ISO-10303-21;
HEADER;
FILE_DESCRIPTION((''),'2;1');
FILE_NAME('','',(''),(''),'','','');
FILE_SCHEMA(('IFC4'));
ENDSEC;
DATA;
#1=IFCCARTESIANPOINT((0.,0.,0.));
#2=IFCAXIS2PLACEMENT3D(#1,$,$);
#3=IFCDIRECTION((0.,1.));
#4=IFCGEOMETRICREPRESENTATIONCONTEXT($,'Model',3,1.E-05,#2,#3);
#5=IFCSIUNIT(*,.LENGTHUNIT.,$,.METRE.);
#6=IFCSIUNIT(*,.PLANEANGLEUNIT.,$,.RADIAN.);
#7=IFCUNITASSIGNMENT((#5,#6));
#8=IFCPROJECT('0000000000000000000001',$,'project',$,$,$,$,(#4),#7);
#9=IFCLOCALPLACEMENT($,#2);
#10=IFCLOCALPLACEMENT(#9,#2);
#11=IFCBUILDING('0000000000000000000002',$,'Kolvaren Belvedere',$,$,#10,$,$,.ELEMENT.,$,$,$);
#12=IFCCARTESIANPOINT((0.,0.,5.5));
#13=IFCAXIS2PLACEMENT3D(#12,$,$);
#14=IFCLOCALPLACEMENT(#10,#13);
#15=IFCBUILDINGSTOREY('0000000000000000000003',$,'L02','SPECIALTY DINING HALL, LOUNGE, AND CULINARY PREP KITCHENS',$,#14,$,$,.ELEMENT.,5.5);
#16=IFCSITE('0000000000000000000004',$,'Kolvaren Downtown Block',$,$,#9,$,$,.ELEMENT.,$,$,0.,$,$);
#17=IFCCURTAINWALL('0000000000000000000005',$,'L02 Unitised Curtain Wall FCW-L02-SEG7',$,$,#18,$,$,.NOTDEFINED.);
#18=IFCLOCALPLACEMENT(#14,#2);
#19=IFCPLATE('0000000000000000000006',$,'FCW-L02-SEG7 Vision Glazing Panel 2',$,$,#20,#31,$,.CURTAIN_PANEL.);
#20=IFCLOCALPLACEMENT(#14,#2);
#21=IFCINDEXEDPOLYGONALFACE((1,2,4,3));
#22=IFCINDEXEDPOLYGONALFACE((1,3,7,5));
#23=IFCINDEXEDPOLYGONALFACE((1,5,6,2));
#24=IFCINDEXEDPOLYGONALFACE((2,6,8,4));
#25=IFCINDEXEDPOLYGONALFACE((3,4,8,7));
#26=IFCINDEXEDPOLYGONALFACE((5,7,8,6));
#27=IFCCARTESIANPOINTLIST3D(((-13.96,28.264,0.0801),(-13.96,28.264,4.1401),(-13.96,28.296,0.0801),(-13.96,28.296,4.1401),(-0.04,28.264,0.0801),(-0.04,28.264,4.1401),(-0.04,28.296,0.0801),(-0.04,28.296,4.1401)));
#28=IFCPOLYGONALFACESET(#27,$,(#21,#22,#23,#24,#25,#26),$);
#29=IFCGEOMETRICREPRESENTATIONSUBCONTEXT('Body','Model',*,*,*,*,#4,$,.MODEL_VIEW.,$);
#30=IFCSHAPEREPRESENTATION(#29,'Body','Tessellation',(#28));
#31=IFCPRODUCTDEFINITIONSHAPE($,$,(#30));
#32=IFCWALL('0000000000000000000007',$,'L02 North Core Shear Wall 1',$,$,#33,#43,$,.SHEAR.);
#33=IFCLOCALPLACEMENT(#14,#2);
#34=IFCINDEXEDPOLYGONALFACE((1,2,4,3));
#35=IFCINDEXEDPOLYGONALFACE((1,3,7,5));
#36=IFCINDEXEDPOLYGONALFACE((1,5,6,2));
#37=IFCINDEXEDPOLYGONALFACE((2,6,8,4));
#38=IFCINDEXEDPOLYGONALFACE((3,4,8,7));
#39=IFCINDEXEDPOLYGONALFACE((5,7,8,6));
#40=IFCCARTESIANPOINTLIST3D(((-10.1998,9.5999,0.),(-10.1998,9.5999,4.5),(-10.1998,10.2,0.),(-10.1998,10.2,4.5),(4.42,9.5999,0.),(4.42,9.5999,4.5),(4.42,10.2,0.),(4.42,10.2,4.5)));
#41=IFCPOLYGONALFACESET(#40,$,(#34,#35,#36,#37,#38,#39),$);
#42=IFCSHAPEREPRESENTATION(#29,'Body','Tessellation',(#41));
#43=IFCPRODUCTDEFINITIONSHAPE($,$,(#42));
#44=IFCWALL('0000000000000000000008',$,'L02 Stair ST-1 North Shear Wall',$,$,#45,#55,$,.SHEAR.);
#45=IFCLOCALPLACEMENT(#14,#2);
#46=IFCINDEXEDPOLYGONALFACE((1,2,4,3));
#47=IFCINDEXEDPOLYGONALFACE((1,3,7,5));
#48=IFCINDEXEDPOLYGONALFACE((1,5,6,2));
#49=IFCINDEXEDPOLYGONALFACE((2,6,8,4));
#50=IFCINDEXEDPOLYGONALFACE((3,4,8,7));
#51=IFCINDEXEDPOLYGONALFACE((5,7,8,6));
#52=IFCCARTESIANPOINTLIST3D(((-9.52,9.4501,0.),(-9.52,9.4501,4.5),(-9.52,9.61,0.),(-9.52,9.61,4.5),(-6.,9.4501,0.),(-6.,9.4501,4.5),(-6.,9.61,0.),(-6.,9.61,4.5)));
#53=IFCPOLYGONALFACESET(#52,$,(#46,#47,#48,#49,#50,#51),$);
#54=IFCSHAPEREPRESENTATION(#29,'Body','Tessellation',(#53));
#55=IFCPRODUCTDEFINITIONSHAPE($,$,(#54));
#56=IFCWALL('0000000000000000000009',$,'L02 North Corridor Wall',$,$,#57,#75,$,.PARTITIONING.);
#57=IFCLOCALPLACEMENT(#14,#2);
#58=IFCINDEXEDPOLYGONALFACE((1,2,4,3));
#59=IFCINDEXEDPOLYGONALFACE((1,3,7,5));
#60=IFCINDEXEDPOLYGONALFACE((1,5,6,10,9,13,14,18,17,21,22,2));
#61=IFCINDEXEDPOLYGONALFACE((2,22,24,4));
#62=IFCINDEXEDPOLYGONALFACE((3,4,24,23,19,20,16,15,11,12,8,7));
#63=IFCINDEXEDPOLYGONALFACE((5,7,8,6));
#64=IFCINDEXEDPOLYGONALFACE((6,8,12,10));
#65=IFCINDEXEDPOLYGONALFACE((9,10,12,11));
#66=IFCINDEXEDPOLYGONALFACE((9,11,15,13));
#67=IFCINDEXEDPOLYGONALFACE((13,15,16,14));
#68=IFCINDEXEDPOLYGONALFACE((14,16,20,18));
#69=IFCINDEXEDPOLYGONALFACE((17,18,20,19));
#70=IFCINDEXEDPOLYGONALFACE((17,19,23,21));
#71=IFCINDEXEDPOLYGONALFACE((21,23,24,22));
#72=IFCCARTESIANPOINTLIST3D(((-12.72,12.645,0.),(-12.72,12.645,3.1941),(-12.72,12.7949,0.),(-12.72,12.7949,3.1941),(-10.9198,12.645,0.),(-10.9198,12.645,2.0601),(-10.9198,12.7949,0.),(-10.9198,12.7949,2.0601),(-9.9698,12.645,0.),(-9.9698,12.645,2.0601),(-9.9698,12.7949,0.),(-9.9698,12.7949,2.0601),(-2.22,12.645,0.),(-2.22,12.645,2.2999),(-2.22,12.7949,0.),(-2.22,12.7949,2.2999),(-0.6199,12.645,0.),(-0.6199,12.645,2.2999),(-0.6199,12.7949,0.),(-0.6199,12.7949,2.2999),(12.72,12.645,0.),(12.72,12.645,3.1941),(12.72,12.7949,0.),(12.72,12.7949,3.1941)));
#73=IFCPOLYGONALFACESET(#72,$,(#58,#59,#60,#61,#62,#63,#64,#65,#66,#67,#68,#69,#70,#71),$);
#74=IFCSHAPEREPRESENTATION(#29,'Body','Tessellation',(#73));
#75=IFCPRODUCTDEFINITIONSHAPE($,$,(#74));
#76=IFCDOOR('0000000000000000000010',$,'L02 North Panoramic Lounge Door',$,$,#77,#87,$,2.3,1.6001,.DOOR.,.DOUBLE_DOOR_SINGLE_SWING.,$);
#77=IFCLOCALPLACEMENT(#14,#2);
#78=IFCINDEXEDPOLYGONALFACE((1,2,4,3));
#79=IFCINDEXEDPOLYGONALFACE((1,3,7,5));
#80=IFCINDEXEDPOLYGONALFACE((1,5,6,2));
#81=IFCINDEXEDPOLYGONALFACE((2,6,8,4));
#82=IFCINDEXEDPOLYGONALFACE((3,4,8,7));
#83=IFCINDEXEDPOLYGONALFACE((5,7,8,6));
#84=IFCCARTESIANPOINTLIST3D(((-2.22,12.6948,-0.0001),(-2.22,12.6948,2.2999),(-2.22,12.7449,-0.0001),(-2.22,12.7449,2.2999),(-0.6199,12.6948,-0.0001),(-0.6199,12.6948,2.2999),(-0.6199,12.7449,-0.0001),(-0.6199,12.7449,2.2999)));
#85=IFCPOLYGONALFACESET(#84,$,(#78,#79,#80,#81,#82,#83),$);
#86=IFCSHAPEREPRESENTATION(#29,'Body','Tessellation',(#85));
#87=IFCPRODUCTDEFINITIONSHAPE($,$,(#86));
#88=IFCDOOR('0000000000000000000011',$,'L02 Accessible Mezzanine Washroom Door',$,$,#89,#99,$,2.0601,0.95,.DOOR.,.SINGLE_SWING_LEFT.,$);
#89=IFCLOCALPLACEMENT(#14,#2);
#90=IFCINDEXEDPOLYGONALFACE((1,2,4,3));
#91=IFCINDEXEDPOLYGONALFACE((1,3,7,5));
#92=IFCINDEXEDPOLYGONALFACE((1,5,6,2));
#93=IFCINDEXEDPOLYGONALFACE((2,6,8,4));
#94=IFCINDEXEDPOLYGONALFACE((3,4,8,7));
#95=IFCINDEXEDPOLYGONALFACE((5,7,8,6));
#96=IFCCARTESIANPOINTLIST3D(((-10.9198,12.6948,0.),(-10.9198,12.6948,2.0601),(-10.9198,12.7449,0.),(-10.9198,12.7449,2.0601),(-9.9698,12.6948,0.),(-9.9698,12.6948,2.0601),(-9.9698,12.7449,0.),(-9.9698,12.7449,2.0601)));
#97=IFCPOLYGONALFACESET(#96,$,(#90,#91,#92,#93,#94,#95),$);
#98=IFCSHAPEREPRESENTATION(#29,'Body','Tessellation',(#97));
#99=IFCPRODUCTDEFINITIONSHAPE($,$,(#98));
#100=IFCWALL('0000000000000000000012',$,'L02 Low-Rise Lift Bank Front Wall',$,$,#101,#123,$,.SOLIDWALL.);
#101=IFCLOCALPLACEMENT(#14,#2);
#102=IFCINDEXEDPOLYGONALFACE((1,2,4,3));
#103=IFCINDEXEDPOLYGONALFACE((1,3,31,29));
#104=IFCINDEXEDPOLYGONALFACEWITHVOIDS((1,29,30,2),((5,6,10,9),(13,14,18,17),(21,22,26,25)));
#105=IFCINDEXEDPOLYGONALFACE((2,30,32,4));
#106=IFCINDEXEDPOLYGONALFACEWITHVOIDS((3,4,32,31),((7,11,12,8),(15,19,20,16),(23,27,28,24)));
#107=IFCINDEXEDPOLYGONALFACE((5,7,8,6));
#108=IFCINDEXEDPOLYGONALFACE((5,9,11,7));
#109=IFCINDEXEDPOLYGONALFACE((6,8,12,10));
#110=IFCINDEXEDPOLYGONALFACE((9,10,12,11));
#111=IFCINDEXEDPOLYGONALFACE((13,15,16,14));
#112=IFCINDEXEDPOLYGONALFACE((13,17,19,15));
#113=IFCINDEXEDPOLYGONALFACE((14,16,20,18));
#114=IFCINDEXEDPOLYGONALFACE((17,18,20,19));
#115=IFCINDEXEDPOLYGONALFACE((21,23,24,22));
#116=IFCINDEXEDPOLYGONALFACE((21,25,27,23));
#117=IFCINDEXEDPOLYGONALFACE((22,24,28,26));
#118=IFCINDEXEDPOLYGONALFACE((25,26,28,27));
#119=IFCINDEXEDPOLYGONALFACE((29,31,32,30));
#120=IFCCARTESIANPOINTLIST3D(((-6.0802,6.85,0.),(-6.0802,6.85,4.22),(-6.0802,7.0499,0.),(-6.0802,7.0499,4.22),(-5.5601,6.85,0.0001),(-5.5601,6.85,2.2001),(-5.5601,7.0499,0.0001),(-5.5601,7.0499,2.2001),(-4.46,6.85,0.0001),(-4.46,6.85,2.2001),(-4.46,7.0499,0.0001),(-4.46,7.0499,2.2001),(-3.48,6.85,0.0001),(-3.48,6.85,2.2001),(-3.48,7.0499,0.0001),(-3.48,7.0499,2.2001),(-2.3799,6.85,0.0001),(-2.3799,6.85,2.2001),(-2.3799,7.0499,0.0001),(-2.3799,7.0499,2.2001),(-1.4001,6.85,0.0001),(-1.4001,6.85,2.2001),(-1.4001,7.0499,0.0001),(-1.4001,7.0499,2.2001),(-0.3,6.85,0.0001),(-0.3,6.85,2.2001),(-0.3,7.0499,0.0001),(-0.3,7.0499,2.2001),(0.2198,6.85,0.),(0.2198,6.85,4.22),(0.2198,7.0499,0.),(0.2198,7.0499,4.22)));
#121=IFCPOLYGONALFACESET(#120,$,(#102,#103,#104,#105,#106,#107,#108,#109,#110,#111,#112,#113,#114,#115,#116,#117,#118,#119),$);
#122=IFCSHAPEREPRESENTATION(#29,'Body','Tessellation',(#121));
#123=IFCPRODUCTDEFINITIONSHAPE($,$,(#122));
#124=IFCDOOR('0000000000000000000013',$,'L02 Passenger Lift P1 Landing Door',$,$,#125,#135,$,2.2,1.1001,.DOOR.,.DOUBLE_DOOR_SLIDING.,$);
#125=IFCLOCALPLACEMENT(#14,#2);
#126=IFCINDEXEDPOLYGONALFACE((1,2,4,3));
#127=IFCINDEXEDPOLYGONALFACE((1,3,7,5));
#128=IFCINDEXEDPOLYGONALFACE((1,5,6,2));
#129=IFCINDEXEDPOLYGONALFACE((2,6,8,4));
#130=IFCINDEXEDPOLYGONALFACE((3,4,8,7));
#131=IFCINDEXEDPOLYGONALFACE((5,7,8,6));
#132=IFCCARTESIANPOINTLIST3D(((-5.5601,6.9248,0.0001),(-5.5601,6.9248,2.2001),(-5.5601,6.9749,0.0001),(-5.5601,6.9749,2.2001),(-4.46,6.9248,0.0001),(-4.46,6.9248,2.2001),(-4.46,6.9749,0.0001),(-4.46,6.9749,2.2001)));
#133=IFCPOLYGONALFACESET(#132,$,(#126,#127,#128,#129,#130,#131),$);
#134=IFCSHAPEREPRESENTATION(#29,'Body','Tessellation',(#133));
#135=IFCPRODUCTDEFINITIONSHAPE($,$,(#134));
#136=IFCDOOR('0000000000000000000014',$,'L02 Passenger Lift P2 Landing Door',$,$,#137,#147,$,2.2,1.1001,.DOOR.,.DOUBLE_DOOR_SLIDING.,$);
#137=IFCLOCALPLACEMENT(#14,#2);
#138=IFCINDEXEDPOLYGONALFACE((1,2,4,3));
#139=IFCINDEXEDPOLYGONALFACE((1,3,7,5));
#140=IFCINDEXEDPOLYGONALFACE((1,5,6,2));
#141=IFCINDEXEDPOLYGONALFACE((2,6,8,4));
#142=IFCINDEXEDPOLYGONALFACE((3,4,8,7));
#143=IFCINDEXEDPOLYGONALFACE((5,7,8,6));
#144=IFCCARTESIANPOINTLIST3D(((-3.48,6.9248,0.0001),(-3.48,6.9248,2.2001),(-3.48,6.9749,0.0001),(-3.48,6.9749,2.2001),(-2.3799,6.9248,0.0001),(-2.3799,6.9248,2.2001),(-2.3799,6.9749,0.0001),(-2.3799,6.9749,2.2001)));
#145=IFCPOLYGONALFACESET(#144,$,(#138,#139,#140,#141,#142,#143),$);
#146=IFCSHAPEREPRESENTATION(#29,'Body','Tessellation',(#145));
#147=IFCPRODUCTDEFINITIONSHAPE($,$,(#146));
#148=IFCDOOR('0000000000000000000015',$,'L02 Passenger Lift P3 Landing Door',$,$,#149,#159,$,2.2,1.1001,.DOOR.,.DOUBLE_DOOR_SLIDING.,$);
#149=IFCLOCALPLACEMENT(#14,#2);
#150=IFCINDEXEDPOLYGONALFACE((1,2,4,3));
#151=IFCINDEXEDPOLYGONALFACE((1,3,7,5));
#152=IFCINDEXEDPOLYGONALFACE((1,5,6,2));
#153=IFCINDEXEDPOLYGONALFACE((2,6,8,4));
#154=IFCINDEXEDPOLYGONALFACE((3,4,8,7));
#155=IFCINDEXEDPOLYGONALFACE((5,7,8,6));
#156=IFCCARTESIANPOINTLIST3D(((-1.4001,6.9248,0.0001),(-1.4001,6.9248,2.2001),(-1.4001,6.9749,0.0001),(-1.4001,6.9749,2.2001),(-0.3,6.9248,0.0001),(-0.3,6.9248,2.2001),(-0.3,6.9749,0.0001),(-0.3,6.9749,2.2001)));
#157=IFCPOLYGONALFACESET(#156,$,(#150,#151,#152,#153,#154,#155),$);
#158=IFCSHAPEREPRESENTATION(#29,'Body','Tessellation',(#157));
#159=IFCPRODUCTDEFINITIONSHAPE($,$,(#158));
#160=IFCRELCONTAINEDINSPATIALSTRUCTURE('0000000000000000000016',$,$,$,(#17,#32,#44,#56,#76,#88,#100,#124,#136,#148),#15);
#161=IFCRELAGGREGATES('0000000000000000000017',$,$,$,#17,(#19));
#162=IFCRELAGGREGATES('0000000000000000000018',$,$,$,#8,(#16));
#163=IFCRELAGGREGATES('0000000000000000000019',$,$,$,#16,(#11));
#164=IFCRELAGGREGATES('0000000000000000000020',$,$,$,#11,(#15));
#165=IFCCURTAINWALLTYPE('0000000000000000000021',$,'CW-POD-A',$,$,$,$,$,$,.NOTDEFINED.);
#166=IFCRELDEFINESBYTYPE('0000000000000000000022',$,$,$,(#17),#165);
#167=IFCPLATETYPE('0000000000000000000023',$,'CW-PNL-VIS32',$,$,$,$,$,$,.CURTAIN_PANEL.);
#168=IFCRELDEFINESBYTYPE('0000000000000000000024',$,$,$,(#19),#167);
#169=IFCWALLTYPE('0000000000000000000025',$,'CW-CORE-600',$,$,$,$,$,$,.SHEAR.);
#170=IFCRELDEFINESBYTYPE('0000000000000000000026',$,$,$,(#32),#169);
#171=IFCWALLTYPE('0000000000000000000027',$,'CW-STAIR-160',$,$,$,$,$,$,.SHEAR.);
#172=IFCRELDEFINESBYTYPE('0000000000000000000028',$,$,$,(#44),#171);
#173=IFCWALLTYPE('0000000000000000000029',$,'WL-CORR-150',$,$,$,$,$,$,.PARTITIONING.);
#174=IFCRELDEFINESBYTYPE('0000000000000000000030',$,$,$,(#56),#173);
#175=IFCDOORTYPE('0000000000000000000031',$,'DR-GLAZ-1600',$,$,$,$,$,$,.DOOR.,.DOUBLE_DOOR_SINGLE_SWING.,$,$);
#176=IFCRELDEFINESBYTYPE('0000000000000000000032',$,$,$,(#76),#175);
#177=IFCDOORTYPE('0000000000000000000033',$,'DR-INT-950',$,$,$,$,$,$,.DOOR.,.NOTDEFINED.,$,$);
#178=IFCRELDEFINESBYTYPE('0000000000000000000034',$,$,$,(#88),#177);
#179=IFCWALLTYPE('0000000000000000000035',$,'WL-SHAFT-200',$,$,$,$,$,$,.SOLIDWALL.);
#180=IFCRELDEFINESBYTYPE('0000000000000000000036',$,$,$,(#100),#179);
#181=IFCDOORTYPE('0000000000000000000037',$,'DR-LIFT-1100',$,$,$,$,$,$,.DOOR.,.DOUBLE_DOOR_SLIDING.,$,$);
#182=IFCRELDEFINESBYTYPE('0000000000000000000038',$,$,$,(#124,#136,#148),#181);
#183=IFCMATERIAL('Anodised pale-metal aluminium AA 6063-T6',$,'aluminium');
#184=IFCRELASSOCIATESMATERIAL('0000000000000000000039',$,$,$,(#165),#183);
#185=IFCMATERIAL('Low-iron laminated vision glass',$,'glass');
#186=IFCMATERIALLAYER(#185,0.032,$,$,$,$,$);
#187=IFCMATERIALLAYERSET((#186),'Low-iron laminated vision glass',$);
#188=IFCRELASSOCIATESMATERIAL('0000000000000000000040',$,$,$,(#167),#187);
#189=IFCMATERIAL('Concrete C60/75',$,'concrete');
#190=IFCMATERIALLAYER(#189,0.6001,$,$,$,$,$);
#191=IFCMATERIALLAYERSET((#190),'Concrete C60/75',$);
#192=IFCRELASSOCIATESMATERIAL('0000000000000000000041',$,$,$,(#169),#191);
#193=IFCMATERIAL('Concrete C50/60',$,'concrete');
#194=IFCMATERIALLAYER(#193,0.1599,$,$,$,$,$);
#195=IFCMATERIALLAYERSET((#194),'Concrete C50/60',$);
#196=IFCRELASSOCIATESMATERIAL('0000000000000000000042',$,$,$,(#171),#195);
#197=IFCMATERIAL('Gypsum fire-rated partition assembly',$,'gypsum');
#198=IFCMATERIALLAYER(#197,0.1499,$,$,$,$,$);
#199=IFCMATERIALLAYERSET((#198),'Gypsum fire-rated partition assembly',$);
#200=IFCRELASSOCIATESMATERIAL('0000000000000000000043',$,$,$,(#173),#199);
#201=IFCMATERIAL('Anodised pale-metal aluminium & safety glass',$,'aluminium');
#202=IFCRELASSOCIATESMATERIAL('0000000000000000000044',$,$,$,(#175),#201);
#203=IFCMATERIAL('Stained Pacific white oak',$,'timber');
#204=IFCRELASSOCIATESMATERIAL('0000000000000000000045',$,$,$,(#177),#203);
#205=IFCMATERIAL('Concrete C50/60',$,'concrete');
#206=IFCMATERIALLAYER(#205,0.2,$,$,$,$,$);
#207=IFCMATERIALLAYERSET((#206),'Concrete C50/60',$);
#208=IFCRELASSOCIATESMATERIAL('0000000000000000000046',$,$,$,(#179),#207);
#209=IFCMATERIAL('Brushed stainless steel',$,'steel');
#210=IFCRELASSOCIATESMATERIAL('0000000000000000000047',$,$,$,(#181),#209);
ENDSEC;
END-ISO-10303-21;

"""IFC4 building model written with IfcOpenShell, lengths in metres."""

from ifc_helpers import new_model, si_unit, direction, frame, frame_2d, origin, origin_2d, place, context, subcontext, project, spatial, rectangle, extrude, material, layer, layer_set, type_object, element, fill, aggregate, save


model = new_model("IFC4")

# Units and contexts
model_context = context("Model", 3, precision=1e-05, world=origin(), true_north=direction((0.0, 1.0)))
body_context = subcontext(model_context, "Body", "Model", "MODEL_VIEW")
ifc_project = project(units=[si_unit("LENGTHUNIT", "METRE"), si_unit("PLANEANGLEUNIT", "RADIAN")], contexts=[model_context])

# Site, building, storey
site_placement = place(None, origin())
site = spatial("IfcSite", under=ifc_project, at=site_placement, Name="Kolvaren Downtown Block", CompositionType="ELEMENT", RefElevation=0.0)
building_placement = place(site_placement, origin())
building = spatial("IfcBuilding", under=site, at=building_placement, Name="Kolvaren Belvedere", CompositionType="ELEMENT")
storey_placement = place(building_placement, frame((0.0, 0.0, 5.5)))
storey = spatial("IfcBuildingStorey", under=building, at=storey_placement, Name="L02", Description="SPECIALTY DINING HALL, LOUNGE, AND CULINARY PREP KITCHENS", CompositionType="ELEMENT", Elevation=5.5)

# Curtain wall, plate
ifc_material_1 = material(Name="Anodised pale-metal aluminium AA 6063-T6", Category="aluminium")
curtain_wall_type = type_object("IfcCurtainWallType", Name="CW-POD-A", PredefinedType="NOTDEFINED", material=ifc_material_1)
curtain_wall_placement = place(storey_placement, origin())
curtain_wall = element("IfcCurtainWall", 1, at=curtain_wall_placement, inside=storey, type_object=curtain_wall_type, Name="L02 Unitised Curtain Wall FCW-L02-SEG7", PredefinedType="NOTDEFINED")
ifc_material_2 = material(Name="Low-iron laminated vision glass", Category="glass")
ifc_layer_1 = layer(ifc_material_2, 0.032)
ifc_layer_set_1 = layer_set([ifc_layer_1], Name="Low-iron laminated vision glass")
plate_type = type_object("IfcPlateType", Name="CW-PNL-VIS32", PredefinedType="CURTAIN_PANEL", material=ifc_layer_set_1)
plate_placement = place(storey_placement, frame((-7.0, 28.28, 0.0801), z_axis=(0.0, 0.0, 1.0), x_axis=(1.0, 0.0, 0.0)))
plate = element("IfcPlate", 2, at=plate_placement, type_object=plate_type, Name="FCW-L02-SEG7 Vision Glazing Panel 2", PredefinedType="CURTAIN_PANEL", context=body_context, shape_type="SweptSolid", body=[
    extrude(rectangle(XDim=13.9199, YDim=0.032, at=origin_2d()), origin(), (0.0, 0.0, 1.0), 4.0601),
])
aggregate(curtain_wall, [plate])

# Walls
ifc_material_3 = material(Name="Concrete C60/75", Category="concrete")
ifc_layer_2 = layer(ifc_material_3, 0.6001)
ifc_layer_set_2 = layer_set([ifc_layer_2], Name="Concrete C60/75")
wall_type_1 = type_object("IfcWallType", Name="CW-CORE-600", PredefinedType="SHEAR", material=ifc_layer_set_2)
wall_1_placement = place(storey_placement, frame((-10.2, 9.8999, 0.0), z_axis=(0.0, 0.0, 1.0), x_axis=(1.0, 0.0, 0.0)))
element("IfcWall", 3, at=wall_1_placement, inside=storey, type_object=wall_type_1, Name="L02 North Core Shear Wall 1", PredefinedType="SHEAR", context=body_context, shape_type="SweptSolid", body=[
    extrude(rectangle(XDim=14.6199, YDim=0.6001, at=frame_2d((7.3101, 0.0))), origin(), (0.0, 0.0, 1.0), 4.5),
])
ifc_material_4 = material(Name="Concrete C50/60", Category="concrete")
ifc_layer_3 = layer(ifc_material_4, 0.1599)
ifc_layer_set_3 = layer_set([ifc_layer_3], Name="Concrete C50/60")
wall_type_2 = type_object("IfcWallType", Name="CW-STAIR-160", PredefinedType="SHEAR", material=ifc_layer_set_3)
wall_2_placement = place(storey_placement, frame((-9.52, 9.53, 0.0), z_axis=(0.0, 0.0, 1.0), x_axis=(1.0, 0.0, 0.0)))
element("IfcWall", 4, at=wall_2_placement, inside=storey, type_object=wall_type_2, Name="L02 Stair ST-1 North Shear Wall", PredefinedType="SHEAR", context=body_context, shape_type="SweptSolid", body=[
    extrude(rectangle(XDim=3.52, YDim=0.1599, at=frame_2d((1.76, 0.0))), origin(), (0.0, 0.0, 1.0), 4.5),
])

# Walls, openings, doors
ifc_material_5 = material(Name="Gypsum fire-rated partition assembly", Category="gypsum")
ifc_layer_4 = layer(ifc_material_5, 0.1499)
ifc_layer_set_4 = layer_set([ifc_layer_4], Name="Gypsum fire-rated partition assembly")
wall_type_3 = type_object("IfcWallType", Name="WL-CORR-150", PredefinedType="PARTITIONING", material=ifc_layer_set_4)
wall_3_placement = place(storey_placement, frame((-12.72, 12.72, 0.0), z_axis=(0.0, 0.0, 1.0), x_axis=(1.0, 0.0, 0.0)))
wall_3 = element("IfcWall", 5, at=wall_3_placement, inside=storey, type_object=wall_type_3, Name="L02 North Corridor Wall", PredefinedType="PARTITIONING", context=body_context, shape_type="SweptSolid", body=[
    extrude(rectangle(XDim=25.4399, YDim=0.1499, at=frame_2d((12.72, 0.0))), origin(), (0.0, 0.0, 1.0), 3.1941),
])
opening_1_placement = place(wall_3_placement, frame((1.8, 0.0, 0.0)))
opening_1 = element("IfcOpeningElement", 6, at=opening_1_placement, cuts=wall_3, PredefinedType="OPENING", context=body_context, shape_type="SweptSolid", body=[
    extrude(rectangle(XDim=0.95, YDim=2.0601, at=frame_2d((0.4751, 1.03))), frame((0.0, 0.085, 0.0), z_axis=(0.0, -1.0, 0.0), x_axis=(1.0, 0.0, 0.0)), (0.0, 0.0, 1.0), 0.1699),
])
opening_2_placement = place(wall_3_placement, frame((10.5, 0.0, 0.0)))
opening_2 = element("IfcOpeningElement", 7, at=opening_2_placement, cuts=wall_3, PredefinedType="OPENING", context=body_context, shape_type="SweptSolid", body=[
    extrude(rectangle(XDim=1.6001, YDim=2.3, at=frame_2d((0.8, 1.1499))), frame((0.0, 0.085, 0.0), z_axis=(0.0, -1.0, 0.0), x_axis=(1.0, 0.0, 0.0)), (0.0, 0.0, 1.0), 0.1699),
])
ifc_material_6 = material(Name="Anodised pale-metal aluminium & safety glass", Category="aluminium")
door_type_1 = type_object("IfcDoorType", Name="DR-GLAZ-1600", OperationType="DOUBLE_DOOR_SINGLE_SWING", PredefinedType="DOOR", material=ifc_material_6)
door_1_placement = place(opening_2_placement, origin())
door_1 = element("IfcDoor", 8, at=door_1_placement, inside=storey, type_object=door_type_1, Name="L02 North Panoramic Lounge Door", OperationType="DOUBLE_DOOR_SINGLE_SWING", OverallHeight=2.3, OverallWidth=1.6001, PredefinedType="DOOR", context=body_context, shape_type="SweptSolid", body=[
    extrude(rectangle(XDim=1.6001, YDim=2.3, at=frame_2d((0.8, 1.1499))), frame((0.0, 0.0249, 0.0), z_axis=(0.0, -1.0, 0.0), x_axis=(1.0, 0.0, 0.0)), (0.0, 0.0, 1.0), 0.05),
])
fill(opening_2, door_1)
ifc_material_7 = material(Name="Stained Pacific white oak", Category="timber")
door_type_2 = type_object("IfcDoorType", Name="DR-INT-950", OperationType="NOTDEFINED", PredefinedType="DOOR", material=ifc_material_7)
door_2_placement = place(opening_1_placement, origin())
door_2 = element("IfcDoor", 9, at=door_2_placement, inside=storey, type_object=door_type_2, Name="L02 Accessible Mezzanine Washroom Door", OperationType="SINGLE_SWING_LEFT", OverallHeight=2.0601, OverallWidth=0.95, PredefinedType="DOOR", context=body_context, shape_type="SweptSolid", body=[
    extrude(rectangle(XDim=0.95, YDim=2.0601, at=frame_2d((0.4751, 1.03))), frame((0.0, 0.0249, 0.0), z_axis=(0.0, -1.0, 0.0), x_axis=(1.0, 0.0, 0.0)), (0.0, 0.0, 1.0), 0.05),
])
fill(opening_1, door_2)
ifc_material_8 = material(Name="Concrete C50/60", Category="concrete")
ifc_layer_5 = layer(ifc_material_8, 0.2)
ifc_layer_set_5 = layer_set([ifc_layer_5], Name="Concrete C50/60")
wall_type_4 = type_object("IfcWallType", Name="WL-SHAFT-200", PredefinedType="SOLIDWALL", material=ifc_layer_set_5)
wall_4_placement = place(storey_placement, frame((-6.0801, 6.95, 0.0), z_axis=(0.0, 0.0, 1.0), x_axis=(1.0, 0.0, 0.0)))
wall_4 = element("IfcWall", 10, at=wall_4_placement, inside=storey, type_object=wall_type_4, Name="L02 Low-Rise Lift Bank Front Wall", PredefinedType="SOLIDWALL", context=body_context, shape_type="SweptSolid", body=[
    extrude(rectangle(XDim=6.3, YDim=0.2, at=frame_2d((3.1499, 0.0))), origin(), (0.0, 0.0, 1.0), 4.22),
])
opening_3_placement = place(wall_4_placement, frame((0.52, 0.0, 0.0)))
opening_3 = element("IfcOpeningElement", 11, at=opening_3_placement, cuts=wall_4, PredefinedType="OPENING", context=body_context, shape_type="SweptSolid", body=[
    extrude(rectangle(XDim=1.1001, YDim=2.2, at=frame_2d((0.55, 1.1001))), frame((0.0, 0.1099, 0.0), z_axis=(0.0, -1.0, 0.0), x_axis=(1.0, 0.0, 0.0)), (0.0, 0.0, 1.0), 0.22),
])
opening_4_placement = place(wall_4_placement, frame((2.6001, 0.0, 0.0)))
opening_4 = element("IfcOpeningElement", 12, at=opening_4_placement, cuts=wall_4, PredefinedType="OPENING", context=body_context, shape_type="SweptSolid", body=[
    extrude(rectangle(XDim=1.1001, YDim=2.2, at=frame_2d((0.55, 1.1001))), frame((0.0, 0.1099, 0.0), z_axis=(0.0, -1.0, 0.0), x_axis=(1.0, 0.0, 0.0)), (0.0, 0.0, 1.0), 0.22),
])
opening_5_placement = place(wall_4_placement, frame((4.6799, 0.0, 0.0)))
opening_5 = element("IfcOpeningElement", 13, at=opening_5_placement, cuts=wall_4, PredefinedType="OPENING", context=body_context, shape_type="SweptSolid", body=[
    extrude(rectangle(XDim=1.1001, YDim=2.2, at=frame_2d((0.55, 1.1001))), frame((0.0, 0.1099, 0.0), z_axis=(0.0, -1.0, 0.0), x_axis=(1.0, 0.0, 0.0)), (0.0, 0.0, 1.0), 0.22),
])
ifc_material_9 = material(Name="Brushed stainless steel", Category="steel")
door_type_3 = type_object("IfcDoorType", Name="DR-LIFT-1100", OperationType="DOUBLE_DOOR_SLIDING", PredefinedType="DOOR", material=ifc_material_9)
door_3_placement = place(opening_3_placement, origin())
door_3 = element("IfcDoor", 14, at=door_3_placement, inside=storey, type_object=door_type_3, Name="L02 Passenger Lift P1 Landing Door", OperationType="DOUBLE_DOOR_SLIDING", OverallHeight=2.2, OverallWidth=1.1001, PredefinedType="DOOR", context=body_context, shape_type="SweptSolid", body=[
    extrude(rectangle(XDim=1.1001, YDim=2.2, at=frame_2d((0.55, 1.1001))), frame((0.0, 0.0249, 0.0), z_axis=(0.0, -1.0, 0.0), x_axis=(1.0, 0.0, 0.0)), (0.0, 0.0, 1.0), 0.05),
])
fill(opening_3, door_3)
door_4_placement = place(opening_4_placement, origin())
door_4 = element("IfcDoor", 15, at=door_4_placement, inside=storey, type_object=door_type_3, Name="L02 Passenger Lift P2 Landing Door", OperationType="DOUBLE_DOOR_SLIDING", OverallHeight=2.2, OverallWidth=1.1001, PredefinedType="DOOR", context=body_context, shape_type="SweptSolid", body=[
    extrude(rectangle(XDim=1.1001, YDim=2.2, at=frame_2d((0.55, 1.1001))), frame((0.0, 0.0249, 0.0), z_axis=(0.0, -1.0, 0.0), x_axis=(1.0, 0.0, 0.0)), (0.0, 0.0, 1.0), 0.05),
])
fill(opening_4, door_4)
door_5_placement = place(opening_5_placement, origin())
door_5 = element("IfcDoor", 16, at=door_5_placement, inside=storey, type_object=door_type_3, Name="L02 Passenger Lift P3 Landing Door", OperationType="DOUBLE_DOOR_SLIDING", OverallHeight=2.2, OverallWidth=1.1001, PredefinedType="DOOR", context=body_context, shape_type="SweptSolid", body=[
    extrude(rectangle(XDim=1.1001, YDim=2.2, at=frame_2d((0.55, 1.1001))), frame((0.0, 0.0249, 0.0), z_axis=(0.0, -1.0, 0.0), x_axis=(1.0, 0.0, 0.0)), (0.0, 0.0, 1.0), 0.05),
])
fill(opening_5, door_5)

save(model, "model.ifc")
